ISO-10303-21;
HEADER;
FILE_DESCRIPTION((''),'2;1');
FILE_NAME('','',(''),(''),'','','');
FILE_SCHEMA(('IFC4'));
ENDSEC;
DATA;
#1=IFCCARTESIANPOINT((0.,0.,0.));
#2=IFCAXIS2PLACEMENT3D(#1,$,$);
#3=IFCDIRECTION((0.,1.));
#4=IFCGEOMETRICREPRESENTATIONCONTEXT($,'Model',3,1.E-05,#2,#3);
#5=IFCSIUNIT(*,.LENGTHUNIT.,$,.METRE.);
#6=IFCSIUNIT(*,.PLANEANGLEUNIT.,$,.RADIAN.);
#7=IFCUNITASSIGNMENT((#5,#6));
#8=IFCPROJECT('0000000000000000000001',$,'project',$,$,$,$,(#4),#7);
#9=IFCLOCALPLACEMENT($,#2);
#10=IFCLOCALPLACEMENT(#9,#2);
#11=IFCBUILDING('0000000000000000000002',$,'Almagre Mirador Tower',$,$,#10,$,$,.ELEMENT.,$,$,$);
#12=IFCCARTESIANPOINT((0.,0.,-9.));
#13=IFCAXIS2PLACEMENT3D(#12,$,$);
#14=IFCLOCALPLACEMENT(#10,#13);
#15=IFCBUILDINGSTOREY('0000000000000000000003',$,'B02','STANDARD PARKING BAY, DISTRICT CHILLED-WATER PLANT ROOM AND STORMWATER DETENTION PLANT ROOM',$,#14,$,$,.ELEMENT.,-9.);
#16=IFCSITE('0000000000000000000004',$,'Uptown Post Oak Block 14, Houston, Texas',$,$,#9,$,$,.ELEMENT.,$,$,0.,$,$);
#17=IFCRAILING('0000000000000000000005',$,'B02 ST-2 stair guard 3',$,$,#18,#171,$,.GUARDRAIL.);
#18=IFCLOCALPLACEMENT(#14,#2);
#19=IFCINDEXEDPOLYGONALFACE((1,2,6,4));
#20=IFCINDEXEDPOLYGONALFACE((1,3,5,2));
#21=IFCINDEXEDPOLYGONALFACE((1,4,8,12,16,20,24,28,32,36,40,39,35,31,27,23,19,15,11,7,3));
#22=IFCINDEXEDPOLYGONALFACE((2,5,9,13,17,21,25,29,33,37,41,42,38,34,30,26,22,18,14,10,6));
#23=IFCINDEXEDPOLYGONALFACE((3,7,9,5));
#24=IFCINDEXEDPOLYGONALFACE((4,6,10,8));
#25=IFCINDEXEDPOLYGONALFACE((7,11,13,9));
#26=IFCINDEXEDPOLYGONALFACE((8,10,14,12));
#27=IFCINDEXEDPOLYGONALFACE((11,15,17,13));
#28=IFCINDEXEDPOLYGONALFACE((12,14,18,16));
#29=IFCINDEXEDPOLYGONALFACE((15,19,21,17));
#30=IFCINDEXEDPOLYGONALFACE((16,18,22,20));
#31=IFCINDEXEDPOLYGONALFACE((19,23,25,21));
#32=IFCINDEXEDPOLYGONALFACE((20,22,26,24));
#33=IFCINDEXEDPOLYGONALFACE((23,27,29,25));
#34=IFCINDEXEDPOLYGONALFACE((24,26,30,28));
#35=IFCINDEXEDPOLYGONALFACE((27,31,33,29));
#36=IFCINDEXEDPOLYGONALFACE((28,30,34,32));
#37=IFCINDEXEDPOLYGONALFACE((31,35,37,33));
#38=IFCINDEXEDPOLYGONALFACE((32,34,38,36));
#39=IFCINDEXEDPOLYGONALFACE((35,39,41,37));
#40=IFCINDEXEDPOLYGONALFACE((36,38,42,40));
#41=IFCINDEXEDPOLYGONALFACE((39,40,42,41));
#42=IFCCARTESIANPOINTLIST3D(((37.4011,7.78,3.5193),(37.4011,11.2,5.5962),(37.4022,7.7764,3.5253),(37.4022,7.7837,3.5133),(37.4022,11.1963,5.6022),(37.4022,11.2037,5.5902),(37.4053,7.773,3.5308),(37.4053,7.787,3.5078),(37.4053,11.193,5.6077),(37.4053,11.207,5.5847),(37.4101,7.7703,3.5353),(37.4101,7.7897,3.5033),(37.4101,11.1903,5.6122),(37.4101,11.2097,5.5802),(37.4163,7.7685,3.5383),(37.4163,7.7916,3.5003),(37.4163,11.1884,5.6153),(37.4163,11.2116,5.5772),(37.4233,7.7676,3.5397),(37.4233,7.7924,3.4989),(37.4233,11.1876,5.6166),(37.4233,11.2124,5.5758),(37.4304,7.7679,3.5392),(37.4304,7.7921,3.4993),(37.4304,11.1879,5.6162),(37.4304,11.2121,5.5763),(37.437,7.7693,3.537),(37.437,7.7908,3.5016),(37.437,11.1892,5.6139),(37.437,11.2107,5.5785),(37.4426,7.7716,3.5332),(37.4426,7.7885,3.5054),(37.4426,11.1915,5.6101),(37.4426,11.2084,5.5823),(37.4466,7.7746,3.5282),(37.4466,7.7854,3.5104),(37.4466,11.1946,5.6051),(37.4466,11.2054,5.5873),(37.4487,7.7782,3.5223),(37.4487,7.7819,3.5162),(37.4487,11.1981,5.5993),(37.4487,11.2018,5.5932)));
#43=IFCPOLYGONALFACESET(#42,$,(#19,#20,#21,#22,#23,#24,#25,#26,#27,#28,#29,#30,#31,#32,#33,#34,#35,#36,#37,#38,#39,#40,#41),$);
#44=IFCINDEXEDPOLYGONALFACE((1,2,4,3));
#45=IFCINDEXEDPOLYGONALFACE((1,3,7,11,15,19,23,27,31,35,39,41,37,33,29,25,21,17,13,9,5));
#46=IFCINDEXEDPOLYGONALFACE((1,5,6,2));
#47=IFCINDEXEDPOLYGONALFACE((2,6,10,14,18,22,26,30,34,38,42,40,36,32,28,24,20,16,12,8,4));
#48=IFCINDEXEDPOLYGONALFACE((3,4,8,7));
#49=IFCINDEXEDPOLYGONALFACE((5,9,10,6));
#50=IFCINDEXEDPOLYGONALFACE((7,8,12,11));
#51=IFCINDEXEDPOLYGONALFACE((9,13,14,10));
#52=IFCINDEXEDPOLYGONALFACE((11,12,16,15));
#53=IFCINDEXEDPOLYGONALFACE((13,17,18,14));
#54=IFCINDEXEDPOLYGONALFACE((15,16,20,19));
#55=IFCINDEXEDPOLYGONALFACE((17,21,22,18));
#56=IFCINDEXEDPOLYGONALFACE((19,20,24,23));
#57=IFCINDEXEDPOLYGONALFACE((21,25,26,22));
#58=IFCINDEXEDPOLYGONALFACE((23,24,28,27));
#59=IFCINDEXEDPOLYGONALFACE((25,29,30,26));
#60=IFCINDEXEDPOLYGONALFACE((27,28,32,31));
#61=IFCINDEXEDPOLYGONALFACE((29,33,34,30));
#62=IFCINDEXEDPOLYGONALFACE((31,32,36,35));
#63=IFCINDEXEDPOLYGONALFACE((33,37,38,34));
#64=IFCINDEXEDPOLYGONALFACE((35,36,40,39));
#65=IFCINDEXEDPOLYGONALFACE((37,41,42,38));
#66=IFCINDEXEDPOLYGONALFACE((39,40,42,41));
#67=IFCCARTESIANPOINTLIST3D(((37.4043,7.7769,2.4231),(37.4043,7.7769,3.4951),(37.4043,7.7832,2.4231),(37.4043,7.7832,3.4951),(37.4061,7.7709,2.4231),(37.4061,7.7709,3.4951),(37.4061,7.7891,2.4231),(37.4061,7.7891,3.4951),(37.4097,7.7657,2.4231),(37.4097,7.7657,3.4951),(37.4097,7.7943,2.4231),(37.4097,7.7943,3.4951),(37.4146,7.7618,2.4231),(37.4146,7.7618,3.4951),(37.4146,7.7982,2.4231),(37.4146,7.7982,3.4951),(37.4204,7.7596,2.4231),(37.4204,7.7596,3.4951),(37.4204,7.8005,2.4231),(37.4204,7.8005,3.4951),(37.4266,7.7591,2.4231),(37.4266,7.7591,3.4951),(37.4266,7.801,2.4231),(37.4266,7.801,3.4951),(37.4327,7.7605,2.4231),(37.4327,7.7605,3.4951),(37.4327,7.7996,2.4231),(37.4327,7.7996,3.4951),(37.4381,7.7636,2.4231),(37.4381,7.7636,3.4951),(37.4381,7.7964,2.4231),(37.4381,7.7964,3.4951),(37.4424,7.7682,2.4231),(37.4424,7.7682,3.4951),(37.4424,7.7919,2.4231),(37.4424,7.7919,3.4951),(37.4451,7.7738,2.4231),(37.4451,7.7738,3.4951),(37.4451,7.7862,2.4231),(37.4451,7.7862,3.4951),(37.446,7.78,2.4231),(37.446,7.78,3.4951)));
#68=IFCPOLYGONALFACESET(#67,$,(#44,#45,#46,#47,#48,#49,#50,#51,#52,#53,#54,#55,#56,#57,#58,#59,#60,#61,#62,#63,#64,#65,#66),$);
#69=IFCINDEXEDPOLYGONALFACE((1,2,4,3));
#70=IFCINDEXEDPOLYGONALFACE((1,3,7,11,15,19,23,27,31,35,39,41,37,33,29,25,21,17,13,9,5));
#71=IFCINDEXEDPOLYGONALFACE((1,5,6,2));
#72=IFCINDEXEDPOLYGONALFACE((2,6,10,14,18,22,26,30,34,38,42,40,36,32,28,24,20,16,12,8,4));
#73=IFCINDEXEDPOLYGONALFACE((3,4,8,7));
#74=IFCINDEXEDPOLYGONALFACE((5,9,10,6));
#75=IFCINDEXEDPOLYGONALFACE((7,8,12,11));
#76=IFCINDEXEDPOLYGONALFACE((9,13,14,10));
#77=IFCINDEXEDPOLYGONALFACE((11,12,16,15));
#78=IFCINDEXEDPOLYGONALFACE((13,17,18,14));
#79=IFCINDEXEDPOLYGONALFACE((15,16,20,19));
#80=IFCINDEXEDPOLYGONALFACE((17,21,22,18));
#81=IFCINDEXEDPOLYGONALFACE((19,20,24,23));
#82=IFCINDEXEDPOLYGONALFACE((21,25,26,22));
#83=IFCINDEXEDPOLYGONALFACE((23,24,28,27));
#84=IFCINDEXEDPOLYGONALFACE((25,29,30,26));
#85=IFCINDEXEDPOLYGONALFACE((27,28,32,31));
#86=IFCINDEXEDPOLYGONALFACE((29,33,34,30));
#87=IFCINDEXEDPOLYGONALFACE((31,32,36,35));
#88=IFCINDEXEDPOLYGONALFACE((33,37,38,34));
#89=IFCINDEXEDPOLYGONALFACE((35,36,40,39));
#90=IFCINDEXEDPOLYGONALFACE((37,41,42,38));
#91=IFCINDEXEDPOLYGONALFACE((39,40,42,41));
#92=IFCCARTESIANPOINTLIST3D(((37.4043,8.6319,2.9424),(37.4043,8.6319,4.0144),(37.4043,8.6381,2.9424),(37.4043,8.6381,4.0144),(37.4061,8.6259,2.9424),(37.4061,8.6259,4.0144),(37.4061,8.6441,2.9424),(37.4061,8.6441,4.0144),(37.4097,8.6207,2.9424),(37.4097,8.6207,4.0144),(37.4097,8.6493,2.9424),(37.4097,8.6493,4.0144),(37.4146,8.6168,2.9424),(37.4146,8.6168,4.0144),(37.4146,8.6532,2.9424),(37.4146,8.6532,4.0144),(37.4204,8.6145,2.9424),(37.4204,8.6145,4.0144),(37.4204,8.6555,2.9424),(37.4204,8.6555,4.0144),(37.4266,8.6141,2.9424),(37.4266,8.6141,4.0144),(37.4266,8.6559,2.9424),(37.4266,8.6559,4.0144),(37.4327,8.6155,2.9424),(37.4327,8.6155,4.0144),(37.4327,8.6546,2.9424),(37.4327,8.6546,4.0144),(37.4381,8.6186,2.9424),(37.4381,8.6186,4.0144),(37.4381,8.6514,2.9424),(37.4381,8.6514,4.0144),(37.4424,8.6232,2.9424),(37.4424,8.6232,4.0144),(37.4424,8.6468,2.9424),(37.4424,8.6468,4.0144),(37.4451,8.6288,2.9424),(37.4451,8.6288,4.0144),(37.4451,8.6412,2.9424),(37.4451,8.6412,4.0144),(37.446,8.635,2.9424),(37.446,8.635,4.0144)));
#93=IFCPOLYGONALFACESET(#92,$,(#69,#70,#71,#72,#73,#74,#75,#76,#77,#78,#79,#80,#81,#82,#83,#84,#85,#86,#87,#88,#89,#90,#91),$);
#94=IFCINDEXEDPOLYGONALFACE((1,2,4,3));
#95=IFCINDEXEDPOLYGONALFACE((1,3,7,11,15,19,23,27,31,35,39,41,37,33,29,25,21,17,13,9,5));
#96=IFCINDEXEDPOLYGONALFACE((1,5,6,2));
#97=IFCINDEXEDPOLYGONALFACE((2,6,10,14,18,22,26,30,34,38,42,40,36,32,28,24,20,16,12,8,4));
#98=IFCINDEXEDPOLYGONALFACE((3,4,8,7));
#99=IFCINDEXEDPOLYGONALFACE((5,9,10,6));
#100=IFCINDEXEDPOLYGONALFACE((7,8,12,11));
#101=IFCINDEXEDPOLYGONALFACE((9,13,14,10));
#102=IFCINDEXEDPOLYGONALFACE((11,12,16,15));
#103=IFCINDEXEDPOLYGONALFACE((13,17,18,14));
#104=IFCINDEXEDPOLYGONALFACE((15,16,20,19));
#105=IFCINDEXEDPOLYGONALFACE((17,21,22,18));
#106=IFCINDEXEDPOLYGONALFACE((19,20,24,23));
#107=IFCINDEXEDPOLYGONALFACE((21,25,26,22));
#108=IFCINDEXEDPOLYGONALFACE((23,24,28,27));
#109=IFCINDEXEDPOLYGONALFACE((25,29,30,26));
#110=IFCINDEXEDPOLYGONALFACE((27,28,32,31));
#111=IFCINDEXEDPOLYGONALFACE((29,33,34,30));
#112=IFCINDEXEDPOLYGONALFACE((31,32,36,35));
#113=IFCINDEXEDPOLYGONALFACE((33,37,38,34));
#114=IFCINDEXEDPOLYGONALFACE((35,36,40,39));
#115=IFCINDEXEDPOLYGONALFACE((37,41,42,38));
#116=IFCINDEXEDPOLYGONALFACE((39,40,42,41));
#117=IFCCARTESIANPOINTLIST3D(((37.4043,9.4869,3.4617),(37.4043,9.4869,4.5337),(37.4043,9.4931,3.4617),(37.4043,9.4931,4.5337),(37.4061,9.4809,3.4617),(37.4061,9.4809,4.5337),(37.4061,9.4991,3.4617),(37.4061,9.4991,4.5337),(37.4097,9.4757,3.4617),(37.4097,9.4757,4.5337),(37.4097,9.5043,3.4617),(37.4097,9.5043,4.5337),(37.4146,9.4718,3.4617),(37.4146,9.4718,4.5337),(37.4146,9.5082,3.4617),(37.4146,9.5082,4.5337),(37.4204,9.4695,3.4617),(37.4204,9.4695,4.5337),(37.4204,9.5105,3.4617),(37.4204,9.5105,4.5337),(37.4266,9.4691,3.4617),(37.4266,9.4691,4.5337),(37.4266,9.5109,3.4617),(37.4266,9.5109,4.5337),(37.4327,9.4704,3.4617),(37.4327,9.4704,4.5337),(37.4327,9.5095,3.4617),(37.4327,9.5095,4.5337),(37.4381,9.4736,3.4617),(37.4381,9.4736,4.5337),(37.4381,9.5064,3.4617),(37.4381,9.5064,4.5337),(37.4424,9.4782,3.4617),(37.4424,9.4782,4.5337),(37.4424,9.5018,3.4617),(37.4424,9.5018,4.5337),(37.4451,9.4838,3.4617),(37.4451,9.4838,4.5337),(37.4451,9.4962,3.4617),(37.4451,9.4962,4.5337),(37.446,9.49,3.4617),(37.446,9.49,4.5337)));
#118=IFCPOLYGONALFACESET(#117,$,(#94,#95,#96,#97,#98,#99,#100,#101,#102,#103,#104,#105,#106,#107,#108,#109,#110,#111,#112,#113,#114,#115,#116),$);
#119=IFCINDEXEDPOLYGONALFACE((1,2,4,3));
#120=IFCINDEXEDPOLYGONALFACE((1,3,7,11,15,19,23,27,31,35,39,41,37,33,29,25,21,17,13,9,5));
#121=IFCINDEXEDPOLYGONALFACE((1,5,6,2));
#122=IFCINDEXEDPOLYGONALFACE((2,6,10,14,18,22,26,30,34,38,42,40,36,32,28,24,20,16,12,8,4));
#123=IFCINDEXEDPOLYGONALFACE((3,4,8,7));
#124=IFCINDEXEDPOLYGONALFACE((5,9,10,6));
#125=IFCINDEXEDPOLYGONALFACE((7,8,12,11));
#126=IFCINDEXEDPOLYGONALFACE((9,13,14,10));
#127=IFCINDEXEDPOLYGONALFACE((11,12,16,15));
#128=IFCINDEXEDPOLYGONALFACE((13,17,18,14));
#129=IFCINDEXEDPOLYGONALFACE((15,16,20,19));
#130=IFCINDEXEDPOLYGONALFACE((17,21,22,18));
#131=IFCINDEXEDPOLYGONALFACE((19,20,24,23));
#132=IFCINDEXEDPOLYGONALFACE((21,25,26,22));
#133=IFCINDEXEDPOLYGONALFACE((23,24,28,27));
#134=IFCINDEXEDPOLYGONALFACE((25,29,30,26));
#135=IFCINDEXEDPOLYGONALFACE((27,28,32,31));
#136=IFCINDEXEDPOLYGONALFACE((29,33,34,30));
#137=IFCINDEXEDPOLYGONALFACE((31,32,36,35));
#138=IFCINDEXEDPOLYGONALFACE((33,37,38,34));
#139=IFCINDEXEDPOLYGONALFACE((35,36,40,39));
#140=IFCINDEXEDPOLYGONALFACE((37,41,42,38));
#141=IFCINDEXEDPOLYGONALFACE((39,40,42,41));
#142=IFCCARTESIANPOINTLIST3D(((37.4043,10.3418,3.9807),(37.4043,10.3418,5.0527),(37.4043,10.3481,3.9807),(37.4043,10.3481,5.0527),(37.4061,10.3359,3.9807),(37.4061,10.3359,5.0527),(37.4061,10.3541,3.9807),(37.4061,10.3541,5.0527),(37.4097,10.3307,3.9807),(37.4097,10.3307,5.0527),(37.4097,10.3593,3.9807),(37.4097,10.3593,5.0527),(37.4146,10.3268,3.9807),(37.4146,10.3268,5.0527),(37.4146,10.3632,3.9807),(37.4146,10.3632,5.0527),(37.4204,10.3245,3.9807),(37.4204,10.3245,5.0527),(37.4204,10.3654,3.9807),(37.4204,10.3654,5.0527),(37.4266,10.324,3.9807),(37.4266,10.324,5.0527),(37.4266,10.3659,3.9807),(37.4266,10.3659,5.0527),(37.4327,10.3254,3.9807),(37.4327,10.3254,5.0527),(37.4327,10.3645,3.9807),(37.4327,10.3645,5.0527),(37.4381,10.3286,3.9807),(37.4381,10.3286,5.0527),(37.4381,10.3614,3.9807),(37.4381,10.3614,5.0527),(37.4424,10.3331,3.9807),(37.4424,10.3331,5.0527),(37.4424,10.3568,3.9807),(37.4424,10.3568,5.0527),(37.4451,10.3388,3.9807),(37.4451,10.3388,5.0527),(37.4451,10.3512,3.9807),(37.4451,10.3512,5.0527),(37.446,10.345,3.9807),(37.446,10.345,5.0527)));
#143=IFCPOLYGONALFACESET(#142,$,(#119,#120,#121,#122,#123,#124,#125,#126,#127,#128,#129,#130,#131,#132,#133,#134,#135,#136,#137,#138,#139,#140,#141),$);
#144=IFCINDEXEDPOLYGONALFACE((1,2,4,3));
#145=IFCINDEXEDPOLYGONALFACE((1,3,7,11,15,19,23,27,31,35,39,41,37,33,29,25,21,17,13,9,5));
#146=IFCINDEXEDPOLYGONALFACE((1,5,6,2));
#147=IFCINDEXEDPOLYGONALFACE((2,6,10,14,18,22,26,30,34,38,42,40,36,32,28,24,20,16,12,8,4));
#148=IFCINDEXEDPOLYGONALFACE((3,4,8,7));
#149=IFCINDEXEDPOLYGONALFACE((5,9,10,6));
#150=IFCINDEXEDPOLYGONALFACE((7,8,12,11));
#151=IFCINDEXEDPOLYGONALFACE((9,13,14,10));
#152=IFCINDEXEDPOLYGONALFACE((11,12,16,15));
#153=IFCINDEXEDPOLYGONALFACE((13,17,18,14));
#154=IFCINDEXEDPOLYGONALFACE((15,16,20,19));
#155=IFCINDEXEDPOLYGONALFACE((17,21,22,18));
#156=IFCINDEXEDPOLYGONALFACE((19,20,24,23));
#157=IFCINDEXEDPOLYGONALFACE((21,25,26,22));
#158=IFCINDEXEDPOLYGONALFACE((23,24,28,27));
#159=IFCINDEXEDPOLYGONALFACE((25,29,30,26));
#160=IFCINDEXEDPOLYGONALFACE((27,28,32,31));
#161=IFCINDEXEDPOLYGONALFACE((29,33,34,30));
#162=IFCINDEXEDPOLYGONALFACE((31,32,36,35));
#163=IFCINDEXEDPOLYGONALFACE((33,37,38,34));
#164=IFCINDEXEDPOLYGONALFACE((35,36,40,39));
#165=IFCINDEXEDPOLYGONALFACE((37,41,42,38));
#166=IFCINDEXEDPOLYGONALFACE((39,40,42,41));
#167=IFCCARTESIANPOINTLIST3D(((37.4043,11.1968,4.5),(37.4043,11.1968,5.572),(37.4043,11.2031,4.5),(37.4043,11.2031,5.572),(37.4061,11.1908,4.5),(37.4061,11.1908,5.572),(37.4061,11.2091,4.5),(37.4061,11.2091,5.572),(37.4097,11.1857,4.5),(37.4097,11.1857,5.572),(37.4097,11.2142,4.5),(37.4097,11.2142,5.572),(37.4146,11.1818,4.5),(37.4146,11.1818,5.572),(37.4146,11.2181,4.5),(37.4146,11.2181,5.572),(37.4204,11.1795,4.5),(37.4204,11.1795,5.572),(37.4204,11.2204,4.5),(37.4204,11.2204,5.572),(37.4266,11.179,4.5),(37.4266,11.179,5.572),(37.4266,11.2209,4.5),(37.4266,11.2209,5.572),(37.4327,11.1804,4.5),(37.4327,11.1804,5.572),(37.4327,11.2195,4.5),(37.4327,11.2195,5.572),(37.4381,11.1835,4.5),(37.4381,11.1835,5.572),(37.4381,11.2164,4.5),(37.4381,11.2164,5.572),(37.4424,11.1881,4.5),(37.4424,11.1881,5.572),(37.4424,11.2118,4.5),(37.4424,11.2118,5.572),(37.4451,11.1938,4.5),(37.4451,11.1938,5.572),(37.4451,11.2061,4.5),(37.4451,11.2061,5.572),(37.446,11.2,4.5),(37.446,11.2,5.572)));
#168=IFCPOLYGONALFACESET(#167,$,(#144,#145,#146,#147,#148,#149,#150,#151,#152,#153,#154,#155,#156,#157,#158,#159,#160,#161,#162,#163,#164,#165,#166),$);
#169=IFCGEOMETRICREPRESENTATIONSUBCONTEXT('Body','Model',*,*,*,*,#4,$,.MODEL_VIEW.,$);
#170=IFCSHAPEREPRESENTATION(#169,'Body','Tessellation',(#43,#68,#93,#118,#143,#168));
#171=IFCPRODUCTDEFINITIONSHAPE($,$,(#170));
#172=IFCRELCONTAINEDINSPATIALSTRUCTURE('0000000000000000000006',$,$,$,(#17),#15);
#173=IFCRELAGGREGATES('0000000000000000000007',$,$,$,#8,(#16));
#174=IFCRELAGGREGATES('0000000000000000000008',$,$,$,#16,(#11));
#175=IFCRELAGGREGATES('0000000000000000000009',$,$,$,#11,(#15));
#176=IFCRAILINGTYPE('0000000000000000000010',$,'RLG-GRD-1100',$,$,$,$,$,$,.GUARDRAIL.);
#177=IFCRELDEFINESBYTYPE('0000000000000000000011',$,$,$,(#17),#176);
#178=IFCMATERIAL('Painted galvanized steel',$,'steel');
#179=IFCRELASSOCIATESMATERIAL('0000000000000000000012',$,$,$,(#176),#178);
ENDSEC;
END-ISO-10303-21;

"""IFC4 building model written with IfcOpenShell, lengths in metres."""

from ifc_helpers import new_model, si_unit, direction, frame, origin, origin_2d, place, context, subcontext, project, spatial, circle, extrude, material, type_object, element, save


model = new_model("IFC4")

# Units and contexts
model_context = context("Model", 3, precision=1e-05, world=origin(), true_north=direction((0.0, 1.0)))
body_context = subcontext(model_context, "Body", "Model", "MODEL_VIEW")
ifc_project = project(units=[si_unit("LENGTHUNIT", "METRE"), si_unit("PLANEANGLEUNIT", "RADIAN")], contexts=[model_context])

# Site, building, storey
site_placement = place(None, origin())
site = spatial("IfcSite", under=ifc_project, at=site_placement, Name="Uptown Post Oak Block 14, Houston, Texas", CompositionType="ELEMENT", RefElevation=0.0)
building_placement = place(site_placement, origin())
building = spatial("IfcBuilding", under=site, at=building_placement, Name="Almagre Mirador Tower", CompositionType="ELEMENT")
storey_placement = place(building_placement, frame((0.0, 0.0, -9.0)))
storey = spatial("IfcBuildingStorey", under=building, at=storey_placement, Name="B02", Description="STANDARD PARKING BAY, DISTRICT CHILLED-WATER PLANT ROOM AND STORMWATER DETENTION PLANT ROOM", CompositionType="ELEMENT", Elevation=-9.0)

# Railing
ifc_material_1 = material(Name="Painted galvanized steel", Category="steel")
railing_type_1 = type_object("IfcRailingType", Name="RLG-GRD-1100", PredefinedType="GUARDRAIL", material=ifc_material_1)
railing_1_placement = place(storey_placement, frame((37.425, 7.78, 2.4231)))
element("IfcRailing", 1, at=railing_1_placement, inside=storey, type_object=railing_type_1, Name="B02 ST-2 stair guard 3", PredefinedType="GUARDRAIL", context=body_context, shape_type="SweptSolid", body=[
    extrude(circle(Radius=0.0239, at=origin_2d()), frame((0.0, 0.0, 1.0962), z_axis=(0.0, 0.85473, 0.519074), x_axis=(-1.0, 0.0, 0.0)), (0.0, 0.0, 1.0), 4.0012),
    extrude(circle(Radius=0.021, at=origin_2d()), origin(), (0.0, 0.0, 1.0), 1.072),
    extrude(circle(Radius=0.021, at=origin_2d()), frame((0.0, 0.855, 0.5193)), (0.0, 0.0, 1.0), 1.072),
    extrude(circle(Radius=0.021, at=origin_2d()), frame((0.0, 1.71, 1.0386)), (0.0, 0.0, 1.0), 1.072),
    extrude(circle(Radius=0.021, at=origin_2d()), frame((0.0, 2.5649, 1.5576)), (0.0, 0.0, 1.0), 1.072),
    extrude(circle(Radius=0.021, at=origin_2d()), frame((0.0, 3.4199, 2.0769)), (0.0, 0.0, 1.0), 1.072),
])

save(model, "model.ifc")
